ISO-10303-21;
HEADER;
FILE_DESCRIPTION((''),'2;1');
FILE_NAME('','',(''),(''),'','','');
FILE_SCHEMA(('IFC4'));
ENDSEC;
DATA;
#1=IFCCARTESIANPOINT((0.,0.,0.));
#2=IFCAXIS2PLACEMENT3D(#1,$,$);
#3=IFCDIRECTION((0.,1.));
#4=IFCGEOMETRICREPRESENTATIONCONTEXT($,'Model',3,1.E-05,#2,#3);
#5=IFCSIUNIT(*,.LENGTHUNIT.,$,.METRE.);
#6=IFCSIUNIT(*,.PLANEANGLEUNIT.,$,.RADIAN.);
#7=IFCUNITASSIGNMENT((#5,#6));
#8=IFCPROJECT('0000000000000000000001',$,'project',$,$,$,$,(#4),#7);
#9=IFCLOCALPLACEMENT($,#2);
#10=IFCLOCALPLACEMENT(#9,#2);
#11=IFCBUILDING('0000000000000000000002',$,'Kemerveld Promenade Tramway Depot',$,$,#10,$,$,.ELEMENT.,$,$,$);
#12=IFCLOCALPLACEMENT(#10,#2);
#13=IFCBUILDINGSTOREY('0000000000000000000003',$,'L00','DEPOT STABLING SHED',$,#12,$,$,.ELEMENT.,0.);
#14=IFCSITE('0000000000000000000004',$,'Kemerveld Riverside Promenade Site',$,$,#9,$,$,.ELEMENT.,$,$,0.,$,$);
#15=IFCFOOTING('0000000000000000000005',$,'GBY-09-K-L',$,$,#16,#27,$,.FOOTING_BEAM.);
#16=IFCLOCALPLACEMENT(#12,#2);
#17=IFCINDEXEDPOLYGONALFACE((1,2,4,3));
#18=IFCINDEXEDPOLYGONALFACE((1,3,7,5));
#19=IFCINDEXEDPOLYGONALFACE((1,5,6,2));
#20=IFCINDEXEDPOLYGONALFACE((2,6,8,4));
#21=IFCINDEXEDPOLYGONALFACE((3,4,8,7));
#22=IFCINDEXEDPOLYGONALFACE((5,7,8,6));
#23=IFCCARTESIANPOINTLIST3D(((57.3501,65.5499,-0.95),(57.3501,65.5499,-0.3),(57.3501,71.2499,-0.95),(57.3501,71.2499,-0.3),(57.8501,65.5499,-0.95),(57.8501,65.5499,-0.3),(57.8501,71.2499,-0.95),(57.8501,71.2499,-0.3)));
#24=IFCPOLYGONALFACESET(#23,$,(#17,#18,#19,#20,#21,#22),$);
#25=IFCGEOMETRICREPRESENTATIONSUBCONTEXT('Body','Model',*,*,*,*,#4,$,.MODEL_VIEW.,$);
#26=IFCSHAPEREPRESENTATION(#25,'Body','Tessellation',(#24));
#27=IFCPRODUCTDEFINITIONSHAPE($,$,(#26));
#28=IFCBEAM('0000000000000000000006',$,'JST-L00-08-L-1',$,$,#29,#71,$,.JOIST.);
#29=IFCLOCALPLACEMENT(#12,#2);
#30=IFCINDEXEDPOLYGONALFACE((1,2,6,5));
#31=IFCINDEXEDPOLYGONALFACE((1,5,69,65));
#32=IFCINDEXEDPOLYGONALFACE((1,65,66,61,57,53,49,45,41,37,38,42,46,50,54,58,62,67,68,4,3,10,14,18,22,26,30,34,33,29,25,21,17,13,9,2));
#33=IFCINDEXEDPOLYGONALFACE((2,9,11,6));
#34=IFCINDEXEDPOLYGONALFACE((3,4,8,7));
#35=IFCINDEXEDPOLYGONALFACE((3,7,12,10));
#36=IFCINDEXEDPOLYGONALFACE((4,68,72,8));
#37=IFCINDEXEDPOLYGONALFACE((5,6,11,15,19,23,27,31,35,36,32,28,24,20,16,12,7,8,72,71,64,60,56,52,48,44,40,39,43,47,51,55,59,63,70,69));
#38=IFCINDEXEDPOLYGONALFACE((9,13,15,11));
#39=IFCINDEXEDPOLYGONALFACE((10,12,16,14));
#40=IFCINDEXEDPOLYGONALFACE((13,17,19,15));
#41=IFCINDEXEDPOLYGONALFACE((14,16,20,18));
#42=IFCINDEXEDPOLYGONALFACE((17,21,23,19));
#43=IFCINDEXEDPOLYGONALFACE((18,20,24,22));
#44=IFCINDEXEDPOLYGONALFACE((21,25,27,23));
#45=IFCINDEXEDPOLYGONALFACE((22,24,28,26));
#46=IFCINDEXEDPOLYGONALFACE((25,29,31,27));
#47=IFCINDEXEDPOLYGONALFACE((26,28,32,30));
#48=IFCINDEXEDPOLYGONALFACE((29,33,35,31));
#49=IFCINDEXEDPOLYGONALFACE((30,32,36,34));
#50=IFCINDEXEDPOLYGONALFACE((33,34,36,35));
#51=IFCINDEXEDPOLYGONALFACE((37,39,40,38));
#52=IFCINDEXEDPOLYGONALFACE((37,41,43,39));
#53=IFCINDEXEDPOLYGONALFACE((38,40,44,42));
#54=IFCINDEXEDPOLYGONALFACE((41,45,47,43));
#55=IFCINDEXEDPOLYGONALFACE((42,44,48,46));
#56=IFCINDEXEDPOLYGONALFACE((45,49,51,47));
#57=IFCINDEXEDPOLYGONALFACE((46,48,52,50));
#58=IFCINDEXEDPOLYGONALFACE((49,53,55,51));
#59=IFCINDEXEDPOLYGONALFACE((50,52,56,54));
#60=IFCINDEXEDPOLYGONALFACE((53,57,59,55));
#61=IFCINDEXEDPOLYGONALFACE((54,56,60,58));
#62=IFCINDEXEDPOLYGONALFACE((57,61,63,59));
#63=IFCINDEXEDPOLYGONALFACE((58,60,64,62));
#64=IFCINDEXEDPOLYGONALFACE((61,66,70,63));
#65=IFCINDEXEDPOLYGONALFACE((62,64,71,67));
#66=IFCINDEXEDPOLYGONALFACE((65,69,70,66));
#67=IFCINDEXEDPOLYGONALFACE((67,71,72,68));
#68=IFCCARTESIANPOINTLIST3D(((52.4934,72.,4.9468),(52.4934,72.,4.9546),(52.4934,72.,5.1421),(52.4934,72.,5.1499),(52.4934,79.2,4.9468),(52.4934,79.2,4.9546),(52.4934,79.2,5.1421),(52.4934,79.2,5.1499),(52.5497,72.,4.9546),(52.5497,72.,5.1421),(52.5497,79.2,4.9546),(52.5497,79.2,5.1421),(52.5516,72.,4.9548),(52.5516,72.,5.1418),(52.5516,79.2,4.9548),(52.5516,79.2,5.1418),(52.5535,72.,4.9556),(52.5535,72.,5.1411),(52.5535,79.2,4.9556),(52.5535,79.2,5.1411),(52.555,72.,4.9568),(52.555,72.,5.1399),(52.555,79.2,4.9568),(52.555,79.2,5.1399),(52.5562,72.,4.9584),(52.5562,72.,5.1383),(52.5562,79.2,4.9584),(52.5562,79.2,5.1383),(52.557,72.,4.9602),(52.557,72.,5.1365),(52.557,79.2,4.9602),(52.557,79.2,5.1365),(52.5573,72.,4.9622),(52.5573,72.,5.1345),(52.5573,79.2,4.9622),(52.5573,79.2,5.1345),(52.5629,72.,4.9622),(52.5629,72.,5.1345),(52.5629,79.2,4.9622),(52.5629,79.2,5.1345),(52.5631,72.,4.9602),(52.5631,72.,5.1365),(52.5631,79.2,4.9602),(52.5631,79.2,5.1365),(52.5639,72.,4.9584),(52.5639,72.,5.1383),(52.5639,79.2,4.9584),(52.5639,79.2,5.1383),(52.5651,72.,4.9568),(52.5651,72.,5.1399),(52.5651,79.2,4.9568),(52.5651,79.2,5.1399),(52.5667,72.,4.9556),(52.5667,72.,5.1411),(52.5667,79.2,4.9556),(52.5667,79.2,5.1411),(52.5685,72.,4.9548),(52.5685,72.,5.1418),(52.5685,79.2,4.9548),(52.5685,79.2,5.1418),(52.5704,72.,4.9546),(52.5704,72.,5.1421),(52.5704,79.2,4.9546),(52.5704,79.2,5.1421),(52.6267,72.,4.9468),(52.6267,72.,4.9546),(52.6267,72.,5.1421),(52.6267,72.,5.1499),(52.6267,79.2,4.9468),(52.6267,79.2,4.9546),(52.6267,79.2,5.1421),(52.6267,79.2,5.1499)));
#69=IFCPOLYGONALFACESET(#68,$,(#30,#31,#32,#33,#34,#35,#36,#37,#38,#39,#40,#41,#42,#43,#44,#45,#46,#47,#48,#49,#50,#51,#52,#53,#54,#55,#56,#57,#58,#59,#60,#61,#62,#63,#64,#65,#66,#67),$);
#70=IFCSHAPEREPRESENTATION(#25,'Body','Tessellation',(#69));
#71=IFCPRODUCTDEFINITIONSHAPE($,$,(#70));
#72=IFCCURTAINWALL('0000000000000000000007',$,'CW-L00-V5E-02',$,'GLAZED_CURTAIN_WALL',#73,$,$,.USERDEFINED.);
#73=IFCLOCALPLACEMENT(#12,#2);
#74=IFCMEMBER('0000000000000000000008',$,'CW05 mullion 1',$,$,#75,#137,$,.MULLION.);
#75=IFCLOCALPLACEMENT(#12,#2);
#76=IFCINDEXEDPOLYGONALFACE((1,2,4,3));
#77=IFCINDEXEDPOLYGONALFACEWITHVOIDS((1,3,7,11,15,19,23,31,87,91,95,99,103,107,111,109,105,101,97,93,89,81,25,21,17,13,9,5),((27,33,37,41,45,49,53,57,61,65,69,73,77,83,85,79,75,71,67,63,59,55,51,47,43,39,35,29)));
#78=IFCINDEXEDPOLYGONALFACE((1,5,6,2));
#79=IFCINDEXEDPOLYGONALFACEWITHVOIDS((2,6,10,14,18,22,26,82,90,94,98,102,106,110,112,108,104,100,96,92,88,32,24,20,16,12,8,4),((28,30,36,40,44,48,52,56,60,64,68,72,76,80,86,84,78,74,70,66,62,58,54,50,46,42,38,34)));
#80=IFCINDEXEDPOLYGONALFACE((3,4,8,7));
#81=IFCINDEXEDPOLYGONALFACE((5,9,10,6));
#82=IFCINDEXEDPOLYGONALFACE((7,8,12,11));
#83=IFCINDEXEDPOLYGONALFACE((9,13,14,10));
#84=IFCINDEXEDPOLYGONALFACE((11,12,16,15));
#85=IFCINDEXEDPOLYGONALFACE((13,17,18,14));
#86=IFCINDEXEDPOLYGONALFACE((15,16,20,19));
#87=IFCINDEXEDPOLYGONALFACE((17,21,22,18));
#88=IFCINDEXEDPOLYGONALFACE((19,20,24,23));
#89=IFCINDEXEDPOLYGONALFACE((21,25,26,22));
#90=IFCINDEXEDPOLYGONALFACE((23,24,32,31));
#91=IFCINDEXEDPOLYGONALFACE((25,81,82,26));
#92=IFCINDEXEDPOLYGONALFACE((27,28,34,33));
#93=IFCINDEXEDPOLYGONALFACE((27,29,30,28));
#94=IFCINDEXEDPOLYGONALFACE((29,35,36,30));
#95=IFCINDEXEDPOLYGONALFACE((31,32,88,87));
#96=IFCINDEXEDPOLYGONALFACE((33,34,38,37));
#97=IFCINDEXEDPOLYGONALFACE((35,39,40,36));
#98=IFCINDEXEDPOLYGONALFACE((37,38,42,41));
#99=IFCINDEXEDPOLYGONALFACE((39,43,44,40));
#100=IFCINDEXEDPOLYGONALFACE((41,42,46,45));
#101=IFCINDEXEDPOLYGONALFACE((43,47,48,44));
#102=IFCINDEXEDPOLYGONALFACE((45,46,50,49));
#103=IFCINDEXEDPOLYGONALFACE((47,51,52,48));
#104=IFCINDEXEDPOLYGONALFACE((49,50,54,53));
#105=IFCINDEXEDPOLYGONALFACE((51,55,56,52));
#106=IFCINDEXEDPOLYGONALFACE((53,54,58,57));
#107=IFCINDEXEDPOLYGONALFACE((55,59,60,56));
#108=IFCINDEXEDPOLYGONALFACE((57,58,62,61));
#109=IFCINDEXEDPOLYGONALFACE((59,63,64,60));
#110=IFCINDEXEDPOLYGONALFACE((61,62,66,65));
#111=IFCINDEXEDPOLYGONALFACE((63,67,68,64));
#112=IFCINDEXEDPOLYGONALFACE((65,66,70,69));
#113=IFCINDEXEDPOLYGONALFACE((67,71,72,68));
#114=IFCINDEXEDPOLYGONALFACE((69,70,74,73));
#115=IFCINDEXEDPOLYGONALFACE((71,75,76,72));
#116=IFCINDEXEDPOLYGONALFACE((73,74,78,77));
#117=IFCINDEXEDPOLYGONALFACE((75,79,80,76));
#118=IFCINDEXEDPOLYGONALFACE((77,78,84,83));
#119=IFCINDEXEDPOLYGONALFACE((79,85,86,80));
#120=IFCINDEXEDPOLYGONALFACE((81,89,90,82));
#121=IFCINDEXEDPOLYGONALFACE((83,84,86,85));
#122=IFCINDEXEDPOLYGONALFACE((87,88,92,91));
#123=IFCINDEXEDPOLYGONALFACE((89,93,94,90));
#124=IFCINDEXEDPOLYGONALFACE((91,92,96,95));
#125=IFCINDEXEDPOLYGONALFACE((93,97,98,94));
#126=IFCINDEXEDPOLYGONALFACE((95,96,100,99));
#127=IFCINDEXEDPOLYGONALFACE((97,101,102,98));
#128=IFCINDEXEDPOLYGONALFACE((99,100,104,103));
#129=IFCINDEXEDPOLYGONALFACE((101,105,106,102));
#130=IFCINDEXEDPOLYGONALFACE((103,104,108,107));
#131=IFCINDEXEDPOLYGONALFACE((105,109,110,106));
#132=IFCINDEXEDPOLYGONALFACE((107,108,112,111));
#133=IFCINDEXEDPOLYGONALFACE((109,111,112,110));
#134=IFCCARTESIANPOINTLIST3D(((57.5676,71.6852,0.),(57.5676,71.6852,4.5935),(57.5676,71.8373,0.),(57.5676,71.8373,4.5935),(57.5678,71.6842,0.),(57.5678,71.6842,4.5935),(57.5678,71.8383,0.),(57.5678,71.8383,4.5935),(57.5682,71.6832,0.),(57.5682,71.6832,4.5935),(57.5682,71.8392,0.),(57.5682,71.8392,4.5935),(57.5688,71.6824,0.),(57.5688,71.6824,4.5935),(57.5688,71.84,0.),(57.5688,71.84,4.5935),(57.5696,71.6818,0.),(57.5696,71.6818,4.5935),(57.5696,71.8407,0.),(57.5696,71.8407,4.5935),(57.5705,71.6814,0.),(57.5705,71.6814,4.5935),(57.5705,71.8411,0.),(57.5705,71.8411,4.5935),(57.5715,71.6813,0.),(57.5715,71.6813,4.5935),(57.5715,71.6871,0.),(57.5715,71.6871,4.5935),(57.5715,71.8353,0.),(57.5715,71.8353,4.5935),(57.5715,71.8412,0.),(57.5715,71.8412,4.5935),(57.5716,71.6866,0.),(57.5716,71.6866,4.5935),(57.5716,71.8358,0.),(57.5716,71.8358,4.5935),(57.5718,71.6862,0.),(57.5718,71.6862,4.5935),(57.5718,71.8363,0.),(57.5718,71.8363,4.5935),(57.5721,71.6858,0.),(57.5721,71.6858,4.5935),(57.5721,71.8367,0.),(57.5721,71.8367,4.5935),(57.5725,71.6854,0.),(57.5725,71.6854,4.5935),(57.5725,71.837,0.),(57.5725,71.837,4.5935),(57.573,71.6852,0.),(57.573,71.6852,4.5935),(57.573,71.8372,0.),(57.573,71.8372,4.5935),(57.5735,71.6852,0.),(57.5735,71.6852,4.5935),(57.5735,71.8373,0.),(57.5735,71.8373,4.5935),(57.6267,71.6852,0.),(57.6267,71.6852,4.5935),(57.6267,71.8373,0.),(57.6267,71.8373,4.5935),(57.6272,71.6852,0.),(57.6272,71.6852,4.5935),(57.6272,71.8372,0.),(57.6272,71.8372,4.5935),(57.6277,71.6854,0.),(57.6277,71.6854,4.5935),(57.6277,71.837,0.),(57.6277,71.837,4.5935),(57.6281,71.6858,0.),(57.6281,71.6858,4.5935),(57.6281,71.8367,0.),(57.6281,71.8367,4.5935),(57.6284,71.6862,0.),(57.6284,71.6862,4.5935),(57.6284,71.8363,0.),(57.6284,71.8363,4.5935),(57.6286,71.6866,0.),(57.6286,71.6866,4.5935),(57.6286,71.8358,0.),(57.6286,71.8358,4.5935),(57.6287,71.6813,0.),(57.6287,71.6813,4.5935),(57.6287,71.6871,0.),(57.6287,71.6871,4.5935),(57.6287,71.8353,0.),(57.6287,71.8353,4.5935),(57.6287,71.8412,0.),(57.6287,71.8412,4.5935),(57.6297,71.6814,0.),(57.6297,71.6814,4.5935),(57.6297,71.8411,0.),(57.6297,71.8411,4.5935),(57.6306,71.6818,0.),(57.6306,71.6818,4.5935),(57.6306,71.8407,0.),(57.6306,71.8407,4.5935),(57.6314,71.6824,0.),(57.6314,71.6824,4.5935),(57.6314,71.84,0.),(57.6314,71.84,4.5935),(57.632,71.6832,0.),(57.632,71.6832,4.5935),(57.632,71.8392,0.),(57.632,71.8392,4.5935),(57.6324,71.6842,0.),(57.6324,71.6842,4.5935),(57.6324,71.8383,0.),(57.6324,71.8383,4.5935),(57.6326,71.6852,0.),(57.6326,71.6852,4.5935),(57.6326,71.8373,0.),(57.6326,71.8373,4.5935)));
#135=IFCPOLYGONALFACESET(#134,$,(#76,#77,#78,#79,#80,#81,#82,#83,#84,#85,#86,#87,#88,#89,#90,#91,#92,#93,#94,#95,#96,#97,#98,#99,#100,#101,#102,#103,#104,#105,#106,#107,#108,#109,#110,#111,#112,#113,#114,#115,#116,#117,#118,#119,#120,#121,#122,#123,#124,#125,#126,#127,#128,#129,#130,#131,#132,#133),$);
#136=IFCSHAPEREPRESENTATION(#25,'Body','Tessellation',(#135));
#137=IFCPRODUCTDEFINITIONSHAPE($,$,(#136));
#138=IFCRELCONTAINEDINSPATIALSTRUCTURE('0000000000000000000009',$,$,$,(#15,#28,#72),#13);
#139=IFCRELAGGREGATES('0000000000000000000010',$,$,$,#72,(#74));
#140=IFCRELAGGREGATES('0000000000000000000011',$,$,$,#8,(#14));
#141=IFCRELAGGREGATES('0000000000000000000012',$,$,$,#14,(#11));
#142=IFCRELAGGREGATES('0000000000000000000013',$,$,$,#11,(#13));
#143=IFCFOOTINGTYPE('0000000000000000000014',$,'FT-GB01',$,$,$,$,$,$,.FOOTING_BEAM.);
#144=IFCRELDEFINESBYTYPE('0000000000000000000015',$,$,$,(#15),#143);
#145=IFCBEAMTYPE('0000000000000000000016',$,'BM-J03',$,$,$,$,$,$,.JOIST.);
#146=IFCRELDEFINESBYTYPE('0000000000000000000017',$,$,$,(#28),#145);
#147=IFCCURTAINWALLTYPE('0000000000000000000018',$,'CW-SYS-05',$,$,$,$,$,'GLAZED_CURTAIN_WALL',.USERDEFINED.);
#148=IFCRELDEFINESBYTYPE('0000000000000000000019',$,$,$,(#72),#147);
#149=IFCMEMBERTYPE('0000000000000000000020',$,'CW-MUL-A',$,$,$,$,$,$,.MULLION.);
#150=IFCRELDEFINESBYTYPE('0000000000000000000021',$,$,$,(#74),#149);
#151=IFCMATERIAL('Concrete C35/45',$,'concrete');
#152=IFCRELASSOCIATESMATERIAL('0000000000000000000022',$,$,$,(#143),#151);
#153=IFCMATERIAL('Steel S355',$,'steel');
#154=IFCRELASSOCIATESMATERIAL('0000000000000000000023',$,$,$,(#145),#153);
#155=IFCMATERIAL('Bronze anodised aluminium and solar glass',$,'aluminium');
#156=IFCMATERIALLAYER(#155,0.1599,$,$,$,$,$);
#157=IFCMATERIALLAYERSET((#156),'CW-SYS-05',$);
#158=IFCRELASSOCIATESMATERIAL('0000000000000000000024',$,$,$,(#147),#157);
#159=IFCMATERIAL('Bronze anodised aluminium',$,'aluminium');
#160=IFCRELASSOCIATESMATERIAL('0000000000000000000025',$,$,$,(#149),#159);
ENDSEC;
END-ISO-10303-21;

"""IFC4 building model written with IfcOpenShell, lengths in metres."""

from ifc_helpers import new_model, si_unit, direction, frame, origin, origin_2d, place, context, subcontext, project, spatial, rectangle, hollow_rectangle, i_section, extrude, material, layer, layer_set, material_profile, profile_set, type_object, element, aggregate, save


model = new_model("IFC4")

# Units and contexts
model_context = context("Model", 3, precision=1e-05, world=origin(), true_north=direction((0.0, 1.0)))
body_context = subcontext(model_context, "Body", "Model", "MODEL_VIEW")
ifc_project = project(units=[si_unit("LENGTHUNIT", "METRE"), si_unit("PLANEANGLEUNIT", "RADIAN")], contexts=[model_context])

# Site, building, storey
site_placement = place(None, origin())
site = spatial("IfcSite", under=ifc_project, at=site_placement, Name="Kemerveld Riverside Promenade Site", CompositionType="ELEMENT", RefElevation=0.0)
building_placement = place(site_placement, origin())
building = spatial("IfcBuilding", under=site, at=building_placement, Name="Kemerveld Promenade Tramway Depot", CompositionType="ELEMENT")
storey_placement = place(building_placement, origin())
storey = spatial("IfcBuildingStorey", under=building, at=storey_placement, Name="L00", Description="DEPOT STABLING SHED", CompositionType="ELEMENT", Elevation=0.0)

# Footing
ifc_material_1 = material(Name="Concrete C35/45", Category="concrete")
footing_type = type_object("IfcFootingType", Name="FT-GB01", PredefinedType="FOOTING_BEAM", material=ifc_material_1)
footing_placement = place(storey_placement, frame((57.6001, 68.3999, -0.95), z_axis=(0.0, 0.0, 1.0), x_axis=(0.0, 1.0, 0.0)))
element("IfcFooting", 1, at=footing_placement, inside=storey, type_object=footing_type, Name="GBY-09-K-L", PredefinedType="FOOTING_BEAM", context=body_context, shape_type="SweptSolid", body=[
    extrude(rectangle(XDim=5.7, YDim=0.5, at=origin_2d()), origin(), (0.0, 0.0, 1.0), 0.6499),
])

# Beam
ifc_material_2 = material(Name="Steel S355", Category="steel")
ifc_material_profile_1 = material_profile(ifc_material_2, i_section(OverallWidth=0.1333, OverallDepth=0.2031, WebThickness=0.0056, FlangeThickness=0.0078, FilletRadius=0.0076, at=origin_2d()), Name="203x133x25 UB")
ifc_profile_set_1 = profile_set([ifc_material_profile_1], Name="Steel S355")
beam_type = type_object("IfcBeamType", Name="BM-J03", PredefinedType="JOIST", material=ifc_profile_set_1)
beam_placement = place(storey_placement, frame((52.5601, 72.0, 5.0483), z_axis=(0.0, 1.0, 0.0), x_axis=(-1.0, 0.0, 0.0)))
element("IfcBeam", 2, at=beam_placement, inside=storey, type_object=beam_type, Name="JST-L00-08-L-1", PredefinedType="JOIST", context=body_context, shape_type="SweptSolid", body=[
    extrude(i_section(OverallWidth=0.1333, OverallDepth=0.2031, WebThickness=0.0056, FlangeThickness=0.0078, FilletRadius=0.0076, at=origin_2d()), origin(), (0.0, 0.0, 1.0), 7.2),
])

# Curtain wall, member
ifc_material_3 = material(Name="Bronze anodised aluminium and solar glass", Category="aluminium")
ifc_layer_1 = layer(ifc_material_3, 0.1599)
ifc_layer_set_1 = layer_set([ifc_layer_1], Name="CW-SYS-05")
curtain_wall_type = type_object("IfcCurtainWallType", Name="CW-SYS-05", ElementType="GLAZED_CURTAIN_WALL", PredefinedType="USERDEFINED", material=ifc_layer_set_1)
curtain_wall_placement = place(storey_placement, origin())
curtain_wall = element("IfcCurtainWall", 3, at=curtain_wall_placement, inside=storey, type_object=curtain_wall_type, Name="CW-L00-V5E-02", ObjectType="GLAZED_CURTAIN_WALL", PredefinedType="USERDEFINED")
ifc_material_4 = material(Name="Bronze anodised aluminium", Category="aluminium")
ifc_material_profile_2 = material_profile(ifc_material_4, hollow_rectangle(XDim=0.0649, YDim=0.1599, WallThickness=0.0039, InnerFilletRadius=0.002, OuterFilletRadius=0.0039, at=origin_2d()), Name="CW-MUL-160x65")
ifc_profile_set_2 = profile_set([ifc_material_profile_2], Name="Bronze anodised aluminium")
member_type_1 = type_object("IfcMemberType", Name="CW-MUL-A", PredefinedType="MULLION", material=ifc_profile_set_2)
member_1_placement = place(storey_placement, frame((57.6001, 71.7612, 0.0), z_axis=(0.0, 0.0, 1.0), x_axis=(1.0, 0.0, 0.0)))
member_1 = element("IfcMember", 4, at=member_1_placement, type_object=member_type_1, Name="CW05 mullion 1", PredefinedType="MULLION", context=body_context, shape_type="SweptSolid", body=[
    extrude(hollow_rectangle(XDim=0.0649, YDim=0.1599, WallThickness=0.0039, InnerFilletRadius=0.002, OuterFilletRadius=0.0039, at=origin_2d()), origin(), (0.0, 0.0, 1.0), 4.5935),
])
aggregate(curtain_wall, [member_1])

save(model, "model.ifc")
